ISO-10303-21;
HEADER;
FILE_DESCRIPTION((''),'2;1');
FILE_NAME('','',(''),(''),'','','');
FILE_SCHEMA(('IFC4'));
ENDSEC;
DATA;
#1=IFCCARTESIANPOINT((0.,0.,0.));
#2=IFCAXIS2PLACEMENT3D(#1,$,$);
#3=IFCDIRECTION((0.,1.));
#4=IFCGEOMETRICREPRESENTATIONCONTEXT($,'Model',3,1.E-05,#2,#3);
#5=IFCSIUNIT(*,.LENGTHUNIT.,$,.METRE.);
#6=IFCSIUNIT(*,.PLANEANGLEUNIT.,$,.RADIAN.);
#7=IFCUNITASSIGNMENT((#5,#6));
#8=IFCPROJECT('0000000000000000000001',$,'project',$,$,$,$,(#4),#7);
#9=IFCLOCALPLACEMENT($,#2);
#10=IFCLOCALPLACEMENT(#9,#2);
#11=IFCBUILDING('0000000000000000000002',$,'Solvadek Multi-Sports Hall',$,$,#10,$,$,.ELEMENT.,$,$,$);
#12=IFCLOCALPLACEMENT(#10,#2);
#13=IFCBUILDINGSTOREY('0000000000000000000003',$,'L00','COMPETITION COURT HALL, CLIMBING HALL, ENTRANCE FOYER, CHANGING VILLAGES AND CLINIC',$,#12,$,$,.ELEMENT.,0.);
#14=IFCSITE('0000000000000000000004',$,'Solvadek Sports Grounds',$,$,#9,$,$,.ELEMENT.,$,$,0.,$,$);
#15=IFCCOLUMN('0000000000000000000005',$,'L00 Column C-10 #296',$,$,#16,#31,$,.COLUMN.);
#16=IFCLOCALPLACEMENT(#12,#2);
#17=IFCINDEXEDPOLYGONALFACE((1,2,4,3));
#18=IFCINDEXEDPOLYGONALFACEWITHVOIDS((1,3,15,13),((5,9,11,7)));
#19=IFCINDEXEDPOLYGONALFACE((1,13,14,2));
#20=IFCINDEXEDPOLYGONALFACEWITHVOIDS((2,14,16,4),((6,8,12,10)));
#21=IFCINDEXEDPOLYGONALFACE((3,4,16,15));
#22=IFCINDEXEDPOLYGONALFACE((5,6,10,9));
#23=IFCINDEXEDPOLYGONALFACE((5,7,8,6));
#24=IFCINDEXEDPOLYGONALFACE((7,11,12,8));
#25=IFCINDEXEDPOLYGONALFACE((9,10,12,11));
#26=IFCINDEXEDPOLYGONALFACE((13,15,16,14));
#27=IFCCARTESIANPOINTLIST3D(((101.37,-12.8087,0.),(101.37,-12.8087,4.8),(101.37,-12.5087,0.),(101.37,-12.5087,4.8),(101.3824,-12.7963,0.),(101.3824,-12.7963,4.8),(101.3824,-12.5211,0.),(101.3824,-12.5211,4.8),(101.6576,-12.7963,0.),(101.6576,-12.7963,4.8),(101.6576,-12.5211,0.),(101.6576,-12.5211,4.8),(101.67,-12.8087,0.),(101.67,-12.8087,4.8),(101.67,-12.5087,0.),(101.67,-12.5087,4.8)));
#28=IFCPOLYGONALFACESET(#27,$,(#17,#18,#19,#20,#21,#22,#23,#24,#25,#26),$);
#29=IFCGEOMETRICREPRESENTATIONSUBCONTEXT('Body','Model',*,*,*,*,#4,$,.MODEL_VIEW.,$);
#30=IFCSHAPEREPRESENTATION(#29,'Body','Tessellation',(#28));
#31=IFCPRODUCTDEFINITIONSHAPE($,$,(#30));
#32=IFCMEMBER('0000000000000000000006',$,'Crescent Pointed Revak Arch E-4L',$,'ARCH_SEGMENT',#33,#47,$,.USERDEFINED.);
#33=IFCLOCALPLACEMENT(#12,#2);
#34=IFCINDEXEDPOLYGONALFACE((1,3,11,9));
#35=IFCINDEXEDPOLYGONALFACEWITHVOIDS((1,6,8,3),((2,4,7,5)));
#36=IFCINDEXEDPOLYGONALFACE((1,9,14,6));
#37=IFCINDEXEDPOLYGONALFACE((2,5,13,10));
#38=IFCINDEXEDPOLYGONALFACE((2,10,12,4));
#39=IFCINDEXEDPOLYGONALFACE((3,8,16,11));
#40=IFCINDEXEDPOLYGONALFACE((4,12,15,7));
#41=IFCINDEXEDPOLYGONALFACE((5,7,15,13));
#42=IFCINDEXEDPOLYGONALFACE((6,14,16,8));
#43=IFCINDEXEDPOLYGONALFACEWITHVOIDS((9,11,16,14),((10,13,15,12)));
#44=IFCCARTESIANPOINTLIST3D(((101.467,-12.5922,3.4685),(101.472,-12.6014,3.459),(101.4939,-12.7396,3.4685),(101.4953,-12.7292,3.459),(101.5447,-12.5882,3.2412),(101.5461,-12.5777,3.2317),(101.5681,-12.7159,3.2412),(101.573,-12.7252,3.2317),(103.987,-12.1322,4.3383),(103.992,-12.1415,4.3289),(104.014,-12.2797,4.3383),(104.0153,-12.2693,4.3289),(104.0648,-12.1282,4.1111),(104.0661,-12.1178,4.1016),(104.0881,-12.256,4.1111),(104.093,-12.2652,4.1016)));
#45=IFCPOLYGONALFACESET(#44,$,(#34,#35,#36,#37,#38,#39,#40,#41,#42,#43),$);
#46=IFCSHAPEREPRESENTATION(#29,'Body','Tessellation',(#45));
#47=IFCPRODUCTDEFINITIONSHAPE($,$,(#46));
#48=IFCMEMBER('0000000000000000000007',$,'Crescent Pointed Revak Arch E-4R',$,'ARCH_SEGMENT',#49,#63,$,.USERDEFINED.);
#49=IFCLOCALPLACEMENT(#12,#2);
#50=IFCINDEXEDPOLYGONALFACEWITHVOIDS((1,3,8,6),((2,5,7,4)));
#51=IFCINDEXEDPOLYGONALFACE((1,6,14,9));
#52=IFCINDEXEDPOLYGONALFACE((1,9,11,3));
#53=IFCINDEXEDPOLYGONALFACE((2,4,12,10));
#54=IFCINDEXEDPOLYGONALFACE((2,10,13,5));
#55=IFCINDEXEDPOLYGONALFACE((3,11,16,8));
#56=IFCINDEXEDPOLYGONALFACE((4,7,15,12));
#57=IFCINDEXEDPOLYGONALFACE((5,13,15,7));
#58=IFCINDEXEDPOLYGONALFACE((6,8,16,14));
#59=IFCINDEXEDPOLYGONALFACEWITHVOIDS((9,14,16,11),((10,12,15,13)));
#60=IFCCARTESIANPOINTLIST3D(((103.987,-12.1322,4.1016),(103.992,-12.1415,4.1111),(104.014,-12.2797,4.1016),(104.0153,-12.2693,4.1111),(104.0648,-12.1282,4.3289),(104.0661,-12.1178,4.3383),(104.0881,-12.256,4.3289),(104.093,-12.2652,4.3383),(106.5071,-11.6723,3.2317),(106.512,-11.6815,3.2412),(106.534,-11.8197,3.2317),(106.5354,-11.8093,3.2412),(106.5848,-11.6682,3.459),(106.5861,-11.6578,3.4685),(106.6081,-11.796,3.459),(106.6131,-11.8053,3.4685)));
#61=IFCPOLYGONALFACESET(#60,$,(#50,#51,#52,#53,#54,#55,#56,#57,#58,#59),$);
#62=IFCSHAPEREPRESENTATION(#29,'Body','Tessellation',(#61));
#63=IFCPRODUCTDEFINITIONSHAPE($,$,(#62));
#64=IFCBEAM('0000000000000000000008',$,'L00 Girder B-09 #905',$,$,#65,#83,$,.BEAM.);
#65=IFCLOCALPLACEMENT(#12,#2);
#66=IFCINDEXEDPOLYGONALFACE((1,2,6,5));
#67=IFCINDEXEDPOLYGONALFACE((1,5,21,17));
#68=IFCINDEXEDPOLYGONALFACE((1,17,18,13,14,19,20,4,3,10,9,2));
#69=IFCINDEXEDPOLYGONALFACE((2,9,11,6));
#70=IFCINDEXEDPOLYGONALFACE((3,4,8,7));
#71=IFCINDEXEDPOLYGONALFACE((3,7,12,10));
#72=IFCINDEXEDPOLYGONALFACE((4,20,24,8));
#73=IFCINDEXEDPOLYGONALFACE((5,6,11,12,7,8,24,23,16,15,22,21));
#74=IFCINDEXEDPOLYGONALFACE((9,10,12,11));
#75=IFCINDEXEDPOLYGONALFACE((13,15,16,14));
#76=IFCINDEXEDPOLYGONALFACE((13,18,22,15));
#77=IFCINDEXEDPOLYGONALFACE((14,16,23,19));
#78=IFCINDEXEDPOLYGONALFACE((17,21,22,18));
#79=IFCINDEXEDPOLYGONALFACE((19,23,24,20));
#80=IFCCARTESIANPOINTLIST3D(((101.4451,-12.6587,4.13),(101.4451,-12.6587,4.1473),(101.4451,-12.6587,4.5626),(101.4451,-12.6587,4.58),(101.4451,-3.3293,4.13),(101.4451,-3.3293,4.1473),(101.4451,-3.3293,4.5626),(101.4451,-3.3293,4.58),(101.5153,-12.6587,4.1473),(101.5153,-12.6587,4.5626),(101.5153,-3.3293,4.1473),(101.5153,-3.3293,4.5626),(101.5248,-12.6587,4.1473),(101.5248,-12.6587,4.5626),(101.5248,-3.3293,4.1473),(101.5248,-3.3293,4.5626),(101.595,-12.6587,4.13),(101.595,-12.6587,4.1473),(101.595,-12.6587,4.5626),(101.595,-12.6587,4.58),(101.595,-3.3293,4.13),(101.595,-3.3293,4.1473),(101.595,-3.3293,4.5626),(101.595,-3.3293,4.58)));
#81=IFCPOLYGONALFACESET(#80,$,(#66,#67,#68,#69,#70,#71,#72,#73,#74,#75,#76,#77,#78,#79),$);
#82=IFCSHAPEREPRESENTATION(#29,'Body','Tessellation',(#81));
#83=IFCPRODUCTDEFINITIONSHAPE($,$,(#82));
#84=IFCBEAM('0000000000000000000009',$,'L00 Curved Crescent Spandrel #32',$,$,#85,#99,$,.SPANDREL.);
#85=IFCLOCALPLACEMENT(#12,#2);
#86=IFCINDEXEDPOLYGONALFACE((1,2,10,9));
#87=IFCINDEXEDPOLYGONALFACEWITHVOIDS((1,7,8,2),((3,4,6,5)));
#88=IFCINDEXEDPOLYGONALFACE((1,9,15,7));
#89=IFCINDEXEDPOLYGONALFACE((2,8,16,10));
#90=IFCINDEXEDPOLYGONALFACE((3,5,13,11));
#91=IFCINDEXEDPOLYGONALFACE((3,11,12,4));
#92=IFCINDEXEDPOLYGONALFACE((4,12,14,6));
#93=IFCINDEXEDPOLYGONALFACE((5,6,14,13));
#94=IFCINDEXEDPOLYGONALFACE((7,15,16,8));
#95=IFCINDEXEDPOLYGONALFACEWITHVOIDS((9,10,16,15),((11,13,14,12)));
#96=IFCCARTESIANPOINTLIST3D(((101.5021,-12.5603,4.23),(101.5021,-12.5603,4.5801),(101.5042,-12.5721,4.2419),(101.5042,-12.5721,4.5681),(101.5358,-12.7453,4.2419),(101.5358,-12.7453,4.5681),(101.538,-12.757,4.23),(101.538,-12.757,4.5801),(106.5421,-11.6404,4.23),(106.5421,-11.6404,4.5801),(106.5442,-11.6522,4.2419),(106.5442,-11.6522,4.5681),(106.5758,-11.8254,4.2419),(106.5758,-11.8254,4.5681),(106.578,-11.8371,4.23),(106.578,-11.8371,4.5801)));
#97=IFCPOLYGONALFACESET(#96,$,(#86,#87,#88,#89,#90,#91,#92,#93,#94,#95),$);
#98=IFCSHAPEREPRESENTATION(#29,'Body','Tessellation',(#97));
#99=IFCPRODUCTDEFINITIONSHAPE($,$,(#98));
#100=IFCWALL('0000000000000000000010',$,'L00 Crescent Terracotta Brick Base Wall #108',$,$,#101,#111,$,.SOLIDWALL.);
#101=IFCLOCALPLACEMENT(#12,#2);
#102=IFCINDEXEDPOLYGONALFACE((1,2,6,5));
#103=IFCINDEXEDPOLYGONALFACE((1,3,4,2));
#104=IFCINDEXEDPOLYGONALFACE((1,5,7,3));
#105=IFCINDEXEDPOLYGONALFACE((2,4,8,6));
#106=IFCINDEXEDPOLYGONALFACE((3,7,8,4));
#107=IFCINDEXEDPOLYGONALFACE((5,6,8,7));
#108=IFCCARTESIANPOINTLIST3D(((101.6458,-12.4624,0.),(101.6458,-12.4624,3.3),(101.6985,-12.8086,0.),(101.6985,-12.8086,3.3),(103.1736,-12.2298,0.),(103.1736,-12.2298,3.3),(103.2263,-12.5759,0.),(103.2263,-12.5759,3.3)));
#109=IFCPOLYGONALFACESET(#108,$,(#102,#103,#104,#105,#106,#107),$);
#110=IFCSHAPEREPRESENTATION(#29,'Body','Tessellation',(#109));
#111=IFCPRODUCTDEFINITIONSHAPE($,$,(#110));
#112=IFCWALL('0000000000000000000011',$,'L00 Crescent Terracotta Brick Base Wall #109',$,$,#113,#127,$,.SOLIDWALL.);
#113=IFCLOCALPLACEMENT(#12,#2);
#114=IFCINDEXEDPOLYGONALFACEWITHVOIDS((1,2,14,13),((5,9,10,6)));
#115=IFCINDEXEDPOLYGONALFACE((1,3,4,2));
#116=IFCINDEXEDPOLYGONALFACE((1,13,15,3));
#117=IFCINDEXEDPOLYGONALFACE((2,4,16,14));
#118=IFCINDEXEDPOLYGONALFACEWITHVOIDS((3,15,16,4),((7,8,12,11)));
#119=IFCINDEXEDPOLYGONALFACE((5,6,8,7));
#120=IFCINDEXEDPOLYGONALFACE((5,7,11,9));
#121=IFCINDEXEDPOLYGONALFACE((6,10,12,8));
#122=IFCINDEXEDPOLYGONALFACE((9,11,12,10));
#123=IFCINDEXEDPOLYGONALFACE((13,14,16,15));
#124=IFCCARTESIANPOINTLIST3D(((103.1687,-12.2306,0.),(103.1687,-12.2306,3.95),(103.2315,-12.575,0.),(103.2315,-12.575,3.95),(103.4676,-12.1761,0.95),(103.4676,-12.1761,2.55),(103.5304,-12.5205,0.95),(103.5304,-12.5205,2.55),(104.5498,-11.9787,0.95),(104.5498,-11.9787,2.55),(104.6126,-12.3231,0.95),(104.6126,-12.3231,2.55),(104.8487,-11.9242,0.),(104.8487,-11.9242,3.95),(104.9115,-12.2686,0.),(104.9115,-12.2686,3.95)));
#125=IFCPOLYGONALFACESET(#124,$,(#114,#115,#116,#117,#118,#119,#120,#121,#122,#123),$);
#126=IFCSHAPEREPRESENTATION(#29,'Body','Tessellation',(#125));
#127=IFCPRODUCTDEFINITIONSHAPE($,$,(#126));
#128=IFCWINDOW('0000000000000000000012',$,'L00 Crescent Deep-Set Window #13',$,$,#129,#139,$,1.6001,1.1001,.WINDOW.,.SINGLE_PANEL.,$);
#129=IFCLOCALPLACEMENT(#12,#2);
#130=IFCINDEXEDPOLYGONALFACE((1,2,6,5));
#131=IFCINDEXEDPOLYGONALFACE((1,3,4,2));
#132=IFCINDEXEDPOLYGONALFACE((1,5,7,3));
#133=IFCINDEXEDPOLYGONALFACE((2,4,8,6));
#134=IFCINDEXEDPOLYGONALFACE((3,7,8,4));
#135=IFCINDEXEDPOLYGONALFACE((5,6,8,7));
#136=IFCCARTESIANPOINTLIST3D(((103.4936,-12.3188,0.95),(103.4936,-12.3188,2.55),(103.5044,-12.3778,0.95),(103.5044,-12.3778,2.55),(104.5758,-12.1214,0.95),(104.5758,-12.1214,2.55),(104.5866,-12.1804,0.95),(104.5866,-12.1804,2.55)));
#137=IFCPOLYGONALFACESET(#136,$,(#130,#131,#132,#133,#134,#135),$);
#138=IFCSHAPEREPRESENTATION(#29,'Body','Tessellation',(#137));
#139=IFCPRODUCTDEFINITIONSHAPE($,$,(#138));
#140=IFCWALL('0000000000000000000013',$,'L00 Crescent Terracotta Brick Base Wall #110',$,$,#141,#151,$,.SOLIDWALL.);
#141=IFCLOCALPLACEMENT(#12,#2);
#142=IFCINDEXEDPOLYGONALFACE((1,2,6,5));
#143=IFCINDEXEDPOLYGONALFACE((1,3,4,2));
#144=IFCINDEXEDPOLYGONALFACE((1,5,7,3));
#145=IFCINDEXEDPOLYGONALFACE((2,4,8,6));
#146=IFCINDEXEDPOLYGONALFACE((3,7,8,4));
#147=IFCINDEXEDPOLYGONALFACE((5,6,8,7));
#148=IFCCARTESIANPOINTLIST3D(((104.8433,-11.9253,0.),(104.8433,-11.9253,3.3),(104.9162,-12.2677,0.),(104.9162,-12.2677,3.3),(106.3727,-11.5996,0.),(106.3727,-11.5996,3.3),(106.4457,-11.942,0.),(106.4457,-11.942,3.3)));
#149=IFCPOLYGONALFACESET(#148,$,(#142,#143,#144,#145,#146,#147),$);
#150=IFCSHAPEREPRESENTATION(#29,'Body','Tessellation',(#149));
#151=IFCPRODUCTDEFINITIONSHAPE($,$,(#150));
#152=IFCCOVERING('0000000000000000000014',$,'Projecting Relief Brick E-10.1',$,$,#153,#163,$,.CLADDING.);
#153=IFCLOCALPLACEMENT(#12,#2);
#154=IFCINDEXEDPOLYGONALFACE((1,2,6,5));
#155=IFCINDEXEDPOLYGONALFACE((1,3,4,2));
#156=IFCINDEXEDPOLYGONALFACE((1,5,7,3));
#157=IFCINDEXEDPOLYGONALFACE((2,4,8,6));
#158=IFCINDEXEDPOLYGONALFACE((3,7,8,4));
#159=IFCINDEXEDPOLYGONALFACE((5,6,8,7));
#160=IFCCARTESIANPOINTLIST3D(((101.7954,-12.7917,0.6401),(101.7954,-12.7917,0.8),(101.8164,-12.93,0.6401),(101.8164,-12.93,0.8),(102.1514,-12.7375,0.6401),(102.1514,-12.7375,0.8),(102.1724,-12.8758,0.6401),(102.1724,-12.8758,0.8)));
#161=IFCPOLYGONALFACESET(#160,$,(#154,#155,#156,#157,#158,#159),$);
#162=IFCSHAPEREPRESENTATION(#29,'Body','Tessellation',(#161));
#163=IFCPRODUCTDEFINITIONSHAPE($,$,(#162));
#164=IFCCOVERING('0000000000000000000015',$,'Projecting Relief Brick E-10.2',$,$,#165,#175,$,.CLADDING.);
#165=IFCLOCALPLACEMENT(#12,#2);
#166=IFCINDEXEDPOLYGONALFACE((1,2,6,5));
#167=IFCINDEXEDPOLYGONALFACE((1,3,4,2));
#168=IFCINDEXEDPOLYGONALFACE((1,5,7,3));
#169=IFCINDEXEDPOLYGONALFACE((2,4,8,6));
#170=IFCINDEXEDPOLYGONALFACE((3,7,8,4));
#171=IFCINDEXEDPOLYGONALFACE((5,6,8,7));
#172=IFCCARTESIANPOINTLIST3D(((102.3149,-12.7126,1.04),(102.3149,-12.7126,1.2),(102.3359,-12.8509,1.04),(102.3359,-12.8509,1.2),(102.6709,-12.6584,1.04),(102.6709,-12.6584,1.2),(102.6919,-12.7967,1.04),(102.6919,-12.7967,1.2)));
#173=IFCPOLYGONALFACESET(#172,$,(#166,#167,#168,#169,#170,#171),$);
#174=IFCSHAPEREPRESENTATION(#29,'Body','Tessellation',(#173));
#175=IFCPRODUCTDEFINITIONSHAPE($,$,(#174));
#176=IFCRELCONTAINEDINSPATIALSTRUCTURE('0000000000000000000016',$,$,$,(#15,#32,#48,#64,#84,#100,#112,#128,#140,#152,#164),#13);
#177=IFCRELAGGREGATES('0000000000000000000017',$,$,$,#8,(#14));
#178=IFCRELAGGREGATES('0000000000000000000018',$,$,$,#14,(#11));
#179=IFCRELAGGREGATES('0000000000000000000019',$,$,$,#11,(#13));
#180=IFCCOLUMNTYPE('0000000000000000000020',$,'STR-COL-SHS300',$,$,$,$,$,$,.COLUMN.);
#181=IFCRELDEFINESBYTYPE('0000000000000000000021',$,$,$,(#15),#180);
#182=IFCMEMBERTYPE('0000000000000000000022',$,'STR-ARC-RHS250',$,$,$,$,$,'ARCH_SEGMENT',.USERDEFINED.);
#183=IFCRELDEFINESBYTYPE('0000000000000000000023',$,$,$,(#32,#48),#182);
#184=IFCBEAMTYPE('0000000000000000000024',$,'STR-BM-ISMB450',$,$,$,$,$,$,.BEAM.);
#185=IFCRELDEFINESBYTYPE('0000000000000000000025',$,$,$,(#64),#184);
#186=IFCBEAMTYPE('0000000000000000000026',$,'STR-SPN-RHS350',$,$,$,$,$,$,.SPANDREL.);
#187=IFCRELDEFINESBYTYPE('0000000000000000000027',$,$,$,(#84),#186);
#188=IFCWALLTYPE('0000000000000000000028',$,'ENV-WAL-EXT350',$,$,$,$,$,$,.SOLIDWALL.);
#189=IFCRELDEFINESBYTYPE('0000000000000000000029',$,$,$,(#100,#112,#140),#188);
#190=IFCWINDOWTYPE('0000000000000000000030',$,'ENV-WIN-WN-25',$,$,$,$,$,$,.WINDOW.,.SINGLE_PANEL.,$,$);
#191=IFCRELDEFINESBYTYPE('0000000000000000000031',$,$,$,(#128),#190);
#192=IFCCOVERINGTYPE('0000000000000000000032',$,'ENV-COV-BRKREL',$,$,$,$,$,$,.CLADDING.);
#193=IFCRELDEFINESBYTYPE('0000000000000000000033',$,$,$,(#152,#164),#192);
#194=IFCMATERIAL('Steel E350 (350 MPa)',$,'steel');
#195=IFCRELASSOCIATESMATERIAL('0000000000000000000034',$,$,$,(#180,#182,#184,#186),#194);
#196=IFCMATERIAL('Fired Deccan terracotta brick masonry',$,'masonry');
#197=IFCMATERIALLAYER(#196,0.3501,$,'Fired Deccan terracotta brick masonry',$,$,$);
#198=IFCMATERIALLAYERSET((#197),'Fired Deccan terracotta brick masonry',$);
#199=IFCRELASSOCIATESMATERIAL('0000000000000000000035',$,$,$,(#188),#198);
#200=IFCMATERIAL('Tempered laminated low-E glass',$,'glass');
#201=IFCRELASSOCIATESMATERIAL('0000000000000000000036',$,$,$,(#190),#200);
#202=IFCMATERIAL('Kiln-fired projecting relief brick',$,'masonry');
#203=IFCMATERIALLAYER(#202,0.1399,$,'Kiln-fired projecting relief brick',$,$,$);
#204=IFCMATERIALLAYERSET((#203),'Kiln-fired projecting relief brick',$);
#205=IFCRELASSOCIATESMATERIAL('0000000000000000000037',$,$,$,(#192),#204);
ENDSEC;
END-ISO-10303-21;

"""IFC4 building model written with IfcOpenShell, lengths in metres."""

from ifc_helpers import new_model, si_unit, direction, frame, frame_2d, origin, origin_2d, place, context, subcontext, project, spatial, rectangle, hollow_rectangle, i_section, extrude, material, layer, layer_set, material_profile, profile_set, type_object, element, fill, save


model = new_model("IFC4")

# Units and contexts
model_context = context("Model", 3, precision=1e-05, world=origin(), true_north=direction((0.0, 1.0)))
body_context = subcontext(model_context, "Body", "Model", "MODEL_VIEW")
ifc_project = project(units=[si_unit("LENGTHUNIT", "METRE"), si_unit("PLANEANGLEUNIT", "RADIAN")], contexts=[model_context])

# Site, building, storey
site_placement = place(None, origin())
site = spatial("IfcSite", under=ifc_project, at=site_placement, Name="Solvadek Sports Grounds", CompositionType="ELEMENT", RefElevation=0.0)
building_placement = place(site_placement, origin())
building = spatial("IfcBuilding", under=site, at=building_placement, Name="Solvadek Multi-Sports Hall", CompositionType="ELEMENT")
storey_placement = place(building_placement, origin())
storey = spatial("IfcBuildingStorey", under=building, at=storey_placement, Name="L00", Description="COMPETITION COURT HALL, CLIMBING HALL, ENTRANCE FOYER, CHANGING VILLAGES AND CLINIC", CompositionType="ELEMENT", Elevation=0.0)

# Column
ifc_material_1 = material(Name="Steel E350 (350 MPa)", Category="steel")
ifc_material_profile_1 = material_profile(ifc_material_1, hollow_rectangle(XDim=0.3, YDim=0.3, WallThickness=0.0125, at=origin_2d()), Name="SHS 300x300x12.5")
ifc_profile_set_1 = profile_set([ifc_material_profile_1], Name="Steel E350 (350 MPa)")
column_type = type_object("IfcColumnType", Name="STR-COL-SHS300", PredefinedType="COLUMN", material=ifc_profile_set_1)
column_placement = place(storey_placement, frame((101.52, -12.6587, 0.0), z_axis=(0.0, 0.0, 1.0), x_axis=(1.0, 0.0, 0.0)))
element("IfcColumn", 1, at=column_placement, inside=storey, type_object=column_type, Name="L00 Column C-10 #296", PredefinedType="COLUMN", context=body_context, shape_type="SweptSolid", body=[
    extrude(hollow_rectangle(XDim=0.3, YDim=0.3, WallThickness=0.0125, at=origin_2d()), origin(), (0.0, 0.0, 1.0), 4.8),
])

# Members
ifc_material_profile_2 = material_profile(ifc_material_1, hollow_rectangle(XDim=0.1499, YDim=0.25, WallThickness=0.01, at=origin_2d()), Name="RHS 250x150x10")
ifc_profile_set_2 = profile_set([ifc_material_profile_2], Name="Steel E350 (350 MPa)")
member_type = type_object("IfcMemberType", Name="STR-ARC-RHS250", ElementType="ARCH_SEGMENT", PredefinedType="USERDEFINED", material=ifc_profile_set_2)
for number, where, z_axis, x_axis, name in (
    (2, (101.52, -12.6587, 3.3501), (0.931506, 0.170021, 0.321542), (-0.179556, 0.983748, 0.0), "Crescent Pointed Revak Arch E-4L"),
    (3, (104.04, -12.1987, 4.22), (0.931506, 0.170021, -0.321542), (-0.179556, 0.983748, 0.0), "Crescent Pointed Revak Arch E-4R"),
):
    element("IfcMember", number, at=place(storey_placement, frame(where, z_axis=z_axis, x_axis=x_axis)), inside=storey, type_object=member_type, Name=name, ObjectType="ARCH_SEGMENT", PredefinedType="USERDEFINED", context=body_context, shape_type="SweptSolid", body=[
        extrude(hollow_rectangle(XDim=0.1499, YDim=0.25, WallThickness=0.01, at=origin_2d()), origin(), (0.0, 0.0, 1.0), 2.7053),
    ])

# Beams
ifc_material_profile_3 = material_profile(ifc_material_1, i_section(OverallWidth=0.1499, OverallDepth=0.45, WebThickness=0.0095, FlangeThickness=0.0173, at=origin_2d()), Name="ISMB 450")
ifc_profile_set_3 = profile_set([ifc_material_profile_3], Name="Steel E350 (350 MPa)")
beam_type_1 = type_object("IfcBeamType", Name="STR-BM-ISMB450", PredefinedType="BEAM", material=ifc_profile_set_3)
beam_1_placement = place(storey_placement, frame((101.52, -12.6587, 4.355), z_axis=(0.0, 1.0, 0.0), x_axis=(-1.0, 0.0, 0.0)))
element("IfcBeam", 4, at=beam_1_placement, inside=storey, type_object=beam_type_1, Name="L00 Girder B-09 #905", PredefinedType="BEAM", context=body_context, shape_type="SweptSolid", body=[
    extrude(i_section(OverallWidth=0.1499, OverallDepth=0.45, WebThickness=0.0095, FlangeThickness=0.0173, at=origin_2d()), origin(), (0.0, 0.0, 1.0), 9.3293),
])
ifc_material_profile_4 = material_profile(ifc_material_1, hollow_rectangle(XDim=0.2, YDim=0.3501, WallThickness=0.012, at=origin_2d()), Name="RHS 350x200x12")
ifc_profile_set_4 = profile_set([ifc_material_profile_4], Name="Steel E350 (350 MPa)")
beam_type_2 = type_object("IfcBeamType", Name="STR-SPN-RHS350", PredefinedType="SPANDREL", material=ifc_profile_set_4)
beam_2_placement = place(storey_placement, frame((101.52, -12.6587, 4.405), z_axis=(0.983748, 0.179556, 0.0), x_axis=(-0.179556, 0.983748, 0.0)))
element("IfcBeam", 5, at=beam_2_placement, inside=storey, type_object=beam_type_2, Name="L00 Curved Crescent Spandrel #32", PredefinedType="SPANDREL", context=body_context, shape_type="SweptSolid", body=[
    extrude(hollow_rectangle(XDim=0.2, YDim=0.3501, WallThickness=0.012, at=origin_2d()), origin(), (0.0, 0.0, 1.0), 5.1233),
])

# Wall
ifc_material_2 = material(Name="Fired Deccan terracotta brick masonry", Category="masonry")
ifc_layer_1 = layer(ifc_material_2, 0.3501, Name="Fired Deccan terracotta brick masonry")
ifc_layer_set_1 = layer_set([ifc_layer_1], Name="Fired Deccan terracotta brick masonry")
wall_type = type_object("IfcWallType", Name="ENV-WAL-EXT350", PredefinedType="SOLIDWALL", material=ifc_layer_set_1)
wall_1_placement = place(storey_placement, frame((101.6721, -12.6355, 0.0), z_axis=(0.0, 0.0, 1.0), x_axis=(0.988602, 0.150549, 0.0)))
element("IfcWall", 6, at=wall_1_placement, inside=storey, type_object=wall_type, Name="L00 Crescent Terracotta Brick Base Wall #108", PredefinedType="SOLIDWALL", context=body_context, shape_type="SweptSolid", body=[
    extrude(rectangle(XDim=1.5454, YDim=0.3501, at=frame_2d((0.7727, 0.0))), origin(), (0.0, 0.0, 1.0), 3.3),
])

# Wall, opening, window
wall_2_placement = place(storey_placement, frame((103.2, -12.4028, 0.0), z_axis=(0.0, 0.0, 1.0), x_axis=(0.983771, 0.179426, 0.0)))
wall_2 = element("IfcWall", 7, at=wall_2_placement, inside=storey, type_object=wall_type, Name="L00 Crescent Terracotta Brick Base Wall #109", PredefinedType="SOLIDWALL", context=body_context, shape_type="SweptSolid", body=[
    extrude(rectangle(XDim=1.7078, YDim=0.3501, at=frame_2d((0.854, 0.0))), origin(), (0.0, 0.0, 1.0), 3.95),
])
opening_placement = place(wall_2_placement, frame((0.304, 0.0, 0.95)))
opening = element("IfcOpeningElement", 8, at=opening_placement, cuts=wall_2, PredefinedType="OPENING", context=body_context, shape_type="SweptSolid", body=[
    extrude(rectangle(XDim=1.1001, YDim=1.6001, at=frame_2d((0.55, 0.8))), frame((0.0, 0.1851, 0.0), z_axis=(0.0, -1.0, 0.0), x_axis=(1.0, 0.0, 0.0)), (0.0, 0.0, 1.0), 0.3701),
])
ifc_material_3 = material(Name="Tempered laminated low-E glass", Category="glass")
window_type = type_object("IfcWindowType", Name="ENV-WIN-WN-25", PartitioningType="SINGLE_PANEL", PredefinedType="WINDOW", material=ifc_material_3)
window_placement = place(opening_placement, origin())
window = element("IfcWindow", 9, at=window_placement, inside=storey, type_object=window_type, Name="L00 Crescent Deep-Set Window #13", OverallHeight=1.6001, OverallWidth=1.1001, PartitioningType="SINGLE_PANEL", PredefinedType="WINDOW", context=body_context, shape_type="SweptSolid", body=[
    extrude(rectangle(XDim=1.1001, YDim=1.6001, at=frame_2d((0.55, 0.8))), frame((0.0, 0.03, 0.0), z_axis=(0.0, -1.0, 0.0), x_axis=(1.0, 0.0, 0.0)), (0.0, 0.0, 1.0), 0.0601),
])
fill(opening, window)

# Wall
wall_3_placement = place(storey_placement, frame((104.8799, -12.0964, 0.0), z_axis=(0.0, 0.0, 1.0), x_axis=(0.978073, 0.20826, 0.0)))
element("IfcWall", 10, at=wall_3_placement, inside=storey, type_object=wall_type, Name="L00 Crescent Terracotta Brick Base Wall #110", PredefinedType="SOLIDWALL", context=body_context, shape_type="SweptSolid", body=[
    extrude(rectangle(XDim=1.5637, YDim=0.3501, at=frame_2d((0.7817, 0.0))), origin(), (0.0, 0.0, 1.0), 3.3),
])

# Coverings
ifc_material_4 = material(Name="Kiln-fired projecting relief brick", Category="masonry")
ifc_layer_2 = layer(ifc_material_4, 0.1399, Name="Kiln-fired projecting relief brick")
ifc_layer_set_2 = layer_set([ifc_layer_2], Name="Kiln-fired projecting relief brick")
covering_type = type_object("IfcCoveringType", Name="ENV-COV-BRKREL", PredefinedType="CLADDING", material=ifc_layer_set_2)
for number, where, z_axis, x_axis, name in (
    (11, (101.9839, -12.8337, 0.6401), (0.0, 0.0, 1.0), (0.988606, 0.150527, 0.0), "Projecting Relief Brick E-10.1"),
    (12, (102.5034, -12.7546, 1.04), (0.0, 0.0, 1.0), (0.988606, 0.150527, 0.0), "Projecting Relief Brick E-10.2"),
):
    element("IfcCovering", number, at=place(storey_placement, frame(where, z_axis=z_axis, x_axis=x_axis)), inside=storey, type_object=covering_type, Name=name, PredefinedType="CLADDING", context=body_context, shape_type="SweptSolid", body=[
        extrude(rectangle(XDim=0.3601, YDim=0.1399, at=origin_2d()), origin(), (0.0, 0.0, 1.0), 0.1599),
    ])

save(model, "model.ifc")
